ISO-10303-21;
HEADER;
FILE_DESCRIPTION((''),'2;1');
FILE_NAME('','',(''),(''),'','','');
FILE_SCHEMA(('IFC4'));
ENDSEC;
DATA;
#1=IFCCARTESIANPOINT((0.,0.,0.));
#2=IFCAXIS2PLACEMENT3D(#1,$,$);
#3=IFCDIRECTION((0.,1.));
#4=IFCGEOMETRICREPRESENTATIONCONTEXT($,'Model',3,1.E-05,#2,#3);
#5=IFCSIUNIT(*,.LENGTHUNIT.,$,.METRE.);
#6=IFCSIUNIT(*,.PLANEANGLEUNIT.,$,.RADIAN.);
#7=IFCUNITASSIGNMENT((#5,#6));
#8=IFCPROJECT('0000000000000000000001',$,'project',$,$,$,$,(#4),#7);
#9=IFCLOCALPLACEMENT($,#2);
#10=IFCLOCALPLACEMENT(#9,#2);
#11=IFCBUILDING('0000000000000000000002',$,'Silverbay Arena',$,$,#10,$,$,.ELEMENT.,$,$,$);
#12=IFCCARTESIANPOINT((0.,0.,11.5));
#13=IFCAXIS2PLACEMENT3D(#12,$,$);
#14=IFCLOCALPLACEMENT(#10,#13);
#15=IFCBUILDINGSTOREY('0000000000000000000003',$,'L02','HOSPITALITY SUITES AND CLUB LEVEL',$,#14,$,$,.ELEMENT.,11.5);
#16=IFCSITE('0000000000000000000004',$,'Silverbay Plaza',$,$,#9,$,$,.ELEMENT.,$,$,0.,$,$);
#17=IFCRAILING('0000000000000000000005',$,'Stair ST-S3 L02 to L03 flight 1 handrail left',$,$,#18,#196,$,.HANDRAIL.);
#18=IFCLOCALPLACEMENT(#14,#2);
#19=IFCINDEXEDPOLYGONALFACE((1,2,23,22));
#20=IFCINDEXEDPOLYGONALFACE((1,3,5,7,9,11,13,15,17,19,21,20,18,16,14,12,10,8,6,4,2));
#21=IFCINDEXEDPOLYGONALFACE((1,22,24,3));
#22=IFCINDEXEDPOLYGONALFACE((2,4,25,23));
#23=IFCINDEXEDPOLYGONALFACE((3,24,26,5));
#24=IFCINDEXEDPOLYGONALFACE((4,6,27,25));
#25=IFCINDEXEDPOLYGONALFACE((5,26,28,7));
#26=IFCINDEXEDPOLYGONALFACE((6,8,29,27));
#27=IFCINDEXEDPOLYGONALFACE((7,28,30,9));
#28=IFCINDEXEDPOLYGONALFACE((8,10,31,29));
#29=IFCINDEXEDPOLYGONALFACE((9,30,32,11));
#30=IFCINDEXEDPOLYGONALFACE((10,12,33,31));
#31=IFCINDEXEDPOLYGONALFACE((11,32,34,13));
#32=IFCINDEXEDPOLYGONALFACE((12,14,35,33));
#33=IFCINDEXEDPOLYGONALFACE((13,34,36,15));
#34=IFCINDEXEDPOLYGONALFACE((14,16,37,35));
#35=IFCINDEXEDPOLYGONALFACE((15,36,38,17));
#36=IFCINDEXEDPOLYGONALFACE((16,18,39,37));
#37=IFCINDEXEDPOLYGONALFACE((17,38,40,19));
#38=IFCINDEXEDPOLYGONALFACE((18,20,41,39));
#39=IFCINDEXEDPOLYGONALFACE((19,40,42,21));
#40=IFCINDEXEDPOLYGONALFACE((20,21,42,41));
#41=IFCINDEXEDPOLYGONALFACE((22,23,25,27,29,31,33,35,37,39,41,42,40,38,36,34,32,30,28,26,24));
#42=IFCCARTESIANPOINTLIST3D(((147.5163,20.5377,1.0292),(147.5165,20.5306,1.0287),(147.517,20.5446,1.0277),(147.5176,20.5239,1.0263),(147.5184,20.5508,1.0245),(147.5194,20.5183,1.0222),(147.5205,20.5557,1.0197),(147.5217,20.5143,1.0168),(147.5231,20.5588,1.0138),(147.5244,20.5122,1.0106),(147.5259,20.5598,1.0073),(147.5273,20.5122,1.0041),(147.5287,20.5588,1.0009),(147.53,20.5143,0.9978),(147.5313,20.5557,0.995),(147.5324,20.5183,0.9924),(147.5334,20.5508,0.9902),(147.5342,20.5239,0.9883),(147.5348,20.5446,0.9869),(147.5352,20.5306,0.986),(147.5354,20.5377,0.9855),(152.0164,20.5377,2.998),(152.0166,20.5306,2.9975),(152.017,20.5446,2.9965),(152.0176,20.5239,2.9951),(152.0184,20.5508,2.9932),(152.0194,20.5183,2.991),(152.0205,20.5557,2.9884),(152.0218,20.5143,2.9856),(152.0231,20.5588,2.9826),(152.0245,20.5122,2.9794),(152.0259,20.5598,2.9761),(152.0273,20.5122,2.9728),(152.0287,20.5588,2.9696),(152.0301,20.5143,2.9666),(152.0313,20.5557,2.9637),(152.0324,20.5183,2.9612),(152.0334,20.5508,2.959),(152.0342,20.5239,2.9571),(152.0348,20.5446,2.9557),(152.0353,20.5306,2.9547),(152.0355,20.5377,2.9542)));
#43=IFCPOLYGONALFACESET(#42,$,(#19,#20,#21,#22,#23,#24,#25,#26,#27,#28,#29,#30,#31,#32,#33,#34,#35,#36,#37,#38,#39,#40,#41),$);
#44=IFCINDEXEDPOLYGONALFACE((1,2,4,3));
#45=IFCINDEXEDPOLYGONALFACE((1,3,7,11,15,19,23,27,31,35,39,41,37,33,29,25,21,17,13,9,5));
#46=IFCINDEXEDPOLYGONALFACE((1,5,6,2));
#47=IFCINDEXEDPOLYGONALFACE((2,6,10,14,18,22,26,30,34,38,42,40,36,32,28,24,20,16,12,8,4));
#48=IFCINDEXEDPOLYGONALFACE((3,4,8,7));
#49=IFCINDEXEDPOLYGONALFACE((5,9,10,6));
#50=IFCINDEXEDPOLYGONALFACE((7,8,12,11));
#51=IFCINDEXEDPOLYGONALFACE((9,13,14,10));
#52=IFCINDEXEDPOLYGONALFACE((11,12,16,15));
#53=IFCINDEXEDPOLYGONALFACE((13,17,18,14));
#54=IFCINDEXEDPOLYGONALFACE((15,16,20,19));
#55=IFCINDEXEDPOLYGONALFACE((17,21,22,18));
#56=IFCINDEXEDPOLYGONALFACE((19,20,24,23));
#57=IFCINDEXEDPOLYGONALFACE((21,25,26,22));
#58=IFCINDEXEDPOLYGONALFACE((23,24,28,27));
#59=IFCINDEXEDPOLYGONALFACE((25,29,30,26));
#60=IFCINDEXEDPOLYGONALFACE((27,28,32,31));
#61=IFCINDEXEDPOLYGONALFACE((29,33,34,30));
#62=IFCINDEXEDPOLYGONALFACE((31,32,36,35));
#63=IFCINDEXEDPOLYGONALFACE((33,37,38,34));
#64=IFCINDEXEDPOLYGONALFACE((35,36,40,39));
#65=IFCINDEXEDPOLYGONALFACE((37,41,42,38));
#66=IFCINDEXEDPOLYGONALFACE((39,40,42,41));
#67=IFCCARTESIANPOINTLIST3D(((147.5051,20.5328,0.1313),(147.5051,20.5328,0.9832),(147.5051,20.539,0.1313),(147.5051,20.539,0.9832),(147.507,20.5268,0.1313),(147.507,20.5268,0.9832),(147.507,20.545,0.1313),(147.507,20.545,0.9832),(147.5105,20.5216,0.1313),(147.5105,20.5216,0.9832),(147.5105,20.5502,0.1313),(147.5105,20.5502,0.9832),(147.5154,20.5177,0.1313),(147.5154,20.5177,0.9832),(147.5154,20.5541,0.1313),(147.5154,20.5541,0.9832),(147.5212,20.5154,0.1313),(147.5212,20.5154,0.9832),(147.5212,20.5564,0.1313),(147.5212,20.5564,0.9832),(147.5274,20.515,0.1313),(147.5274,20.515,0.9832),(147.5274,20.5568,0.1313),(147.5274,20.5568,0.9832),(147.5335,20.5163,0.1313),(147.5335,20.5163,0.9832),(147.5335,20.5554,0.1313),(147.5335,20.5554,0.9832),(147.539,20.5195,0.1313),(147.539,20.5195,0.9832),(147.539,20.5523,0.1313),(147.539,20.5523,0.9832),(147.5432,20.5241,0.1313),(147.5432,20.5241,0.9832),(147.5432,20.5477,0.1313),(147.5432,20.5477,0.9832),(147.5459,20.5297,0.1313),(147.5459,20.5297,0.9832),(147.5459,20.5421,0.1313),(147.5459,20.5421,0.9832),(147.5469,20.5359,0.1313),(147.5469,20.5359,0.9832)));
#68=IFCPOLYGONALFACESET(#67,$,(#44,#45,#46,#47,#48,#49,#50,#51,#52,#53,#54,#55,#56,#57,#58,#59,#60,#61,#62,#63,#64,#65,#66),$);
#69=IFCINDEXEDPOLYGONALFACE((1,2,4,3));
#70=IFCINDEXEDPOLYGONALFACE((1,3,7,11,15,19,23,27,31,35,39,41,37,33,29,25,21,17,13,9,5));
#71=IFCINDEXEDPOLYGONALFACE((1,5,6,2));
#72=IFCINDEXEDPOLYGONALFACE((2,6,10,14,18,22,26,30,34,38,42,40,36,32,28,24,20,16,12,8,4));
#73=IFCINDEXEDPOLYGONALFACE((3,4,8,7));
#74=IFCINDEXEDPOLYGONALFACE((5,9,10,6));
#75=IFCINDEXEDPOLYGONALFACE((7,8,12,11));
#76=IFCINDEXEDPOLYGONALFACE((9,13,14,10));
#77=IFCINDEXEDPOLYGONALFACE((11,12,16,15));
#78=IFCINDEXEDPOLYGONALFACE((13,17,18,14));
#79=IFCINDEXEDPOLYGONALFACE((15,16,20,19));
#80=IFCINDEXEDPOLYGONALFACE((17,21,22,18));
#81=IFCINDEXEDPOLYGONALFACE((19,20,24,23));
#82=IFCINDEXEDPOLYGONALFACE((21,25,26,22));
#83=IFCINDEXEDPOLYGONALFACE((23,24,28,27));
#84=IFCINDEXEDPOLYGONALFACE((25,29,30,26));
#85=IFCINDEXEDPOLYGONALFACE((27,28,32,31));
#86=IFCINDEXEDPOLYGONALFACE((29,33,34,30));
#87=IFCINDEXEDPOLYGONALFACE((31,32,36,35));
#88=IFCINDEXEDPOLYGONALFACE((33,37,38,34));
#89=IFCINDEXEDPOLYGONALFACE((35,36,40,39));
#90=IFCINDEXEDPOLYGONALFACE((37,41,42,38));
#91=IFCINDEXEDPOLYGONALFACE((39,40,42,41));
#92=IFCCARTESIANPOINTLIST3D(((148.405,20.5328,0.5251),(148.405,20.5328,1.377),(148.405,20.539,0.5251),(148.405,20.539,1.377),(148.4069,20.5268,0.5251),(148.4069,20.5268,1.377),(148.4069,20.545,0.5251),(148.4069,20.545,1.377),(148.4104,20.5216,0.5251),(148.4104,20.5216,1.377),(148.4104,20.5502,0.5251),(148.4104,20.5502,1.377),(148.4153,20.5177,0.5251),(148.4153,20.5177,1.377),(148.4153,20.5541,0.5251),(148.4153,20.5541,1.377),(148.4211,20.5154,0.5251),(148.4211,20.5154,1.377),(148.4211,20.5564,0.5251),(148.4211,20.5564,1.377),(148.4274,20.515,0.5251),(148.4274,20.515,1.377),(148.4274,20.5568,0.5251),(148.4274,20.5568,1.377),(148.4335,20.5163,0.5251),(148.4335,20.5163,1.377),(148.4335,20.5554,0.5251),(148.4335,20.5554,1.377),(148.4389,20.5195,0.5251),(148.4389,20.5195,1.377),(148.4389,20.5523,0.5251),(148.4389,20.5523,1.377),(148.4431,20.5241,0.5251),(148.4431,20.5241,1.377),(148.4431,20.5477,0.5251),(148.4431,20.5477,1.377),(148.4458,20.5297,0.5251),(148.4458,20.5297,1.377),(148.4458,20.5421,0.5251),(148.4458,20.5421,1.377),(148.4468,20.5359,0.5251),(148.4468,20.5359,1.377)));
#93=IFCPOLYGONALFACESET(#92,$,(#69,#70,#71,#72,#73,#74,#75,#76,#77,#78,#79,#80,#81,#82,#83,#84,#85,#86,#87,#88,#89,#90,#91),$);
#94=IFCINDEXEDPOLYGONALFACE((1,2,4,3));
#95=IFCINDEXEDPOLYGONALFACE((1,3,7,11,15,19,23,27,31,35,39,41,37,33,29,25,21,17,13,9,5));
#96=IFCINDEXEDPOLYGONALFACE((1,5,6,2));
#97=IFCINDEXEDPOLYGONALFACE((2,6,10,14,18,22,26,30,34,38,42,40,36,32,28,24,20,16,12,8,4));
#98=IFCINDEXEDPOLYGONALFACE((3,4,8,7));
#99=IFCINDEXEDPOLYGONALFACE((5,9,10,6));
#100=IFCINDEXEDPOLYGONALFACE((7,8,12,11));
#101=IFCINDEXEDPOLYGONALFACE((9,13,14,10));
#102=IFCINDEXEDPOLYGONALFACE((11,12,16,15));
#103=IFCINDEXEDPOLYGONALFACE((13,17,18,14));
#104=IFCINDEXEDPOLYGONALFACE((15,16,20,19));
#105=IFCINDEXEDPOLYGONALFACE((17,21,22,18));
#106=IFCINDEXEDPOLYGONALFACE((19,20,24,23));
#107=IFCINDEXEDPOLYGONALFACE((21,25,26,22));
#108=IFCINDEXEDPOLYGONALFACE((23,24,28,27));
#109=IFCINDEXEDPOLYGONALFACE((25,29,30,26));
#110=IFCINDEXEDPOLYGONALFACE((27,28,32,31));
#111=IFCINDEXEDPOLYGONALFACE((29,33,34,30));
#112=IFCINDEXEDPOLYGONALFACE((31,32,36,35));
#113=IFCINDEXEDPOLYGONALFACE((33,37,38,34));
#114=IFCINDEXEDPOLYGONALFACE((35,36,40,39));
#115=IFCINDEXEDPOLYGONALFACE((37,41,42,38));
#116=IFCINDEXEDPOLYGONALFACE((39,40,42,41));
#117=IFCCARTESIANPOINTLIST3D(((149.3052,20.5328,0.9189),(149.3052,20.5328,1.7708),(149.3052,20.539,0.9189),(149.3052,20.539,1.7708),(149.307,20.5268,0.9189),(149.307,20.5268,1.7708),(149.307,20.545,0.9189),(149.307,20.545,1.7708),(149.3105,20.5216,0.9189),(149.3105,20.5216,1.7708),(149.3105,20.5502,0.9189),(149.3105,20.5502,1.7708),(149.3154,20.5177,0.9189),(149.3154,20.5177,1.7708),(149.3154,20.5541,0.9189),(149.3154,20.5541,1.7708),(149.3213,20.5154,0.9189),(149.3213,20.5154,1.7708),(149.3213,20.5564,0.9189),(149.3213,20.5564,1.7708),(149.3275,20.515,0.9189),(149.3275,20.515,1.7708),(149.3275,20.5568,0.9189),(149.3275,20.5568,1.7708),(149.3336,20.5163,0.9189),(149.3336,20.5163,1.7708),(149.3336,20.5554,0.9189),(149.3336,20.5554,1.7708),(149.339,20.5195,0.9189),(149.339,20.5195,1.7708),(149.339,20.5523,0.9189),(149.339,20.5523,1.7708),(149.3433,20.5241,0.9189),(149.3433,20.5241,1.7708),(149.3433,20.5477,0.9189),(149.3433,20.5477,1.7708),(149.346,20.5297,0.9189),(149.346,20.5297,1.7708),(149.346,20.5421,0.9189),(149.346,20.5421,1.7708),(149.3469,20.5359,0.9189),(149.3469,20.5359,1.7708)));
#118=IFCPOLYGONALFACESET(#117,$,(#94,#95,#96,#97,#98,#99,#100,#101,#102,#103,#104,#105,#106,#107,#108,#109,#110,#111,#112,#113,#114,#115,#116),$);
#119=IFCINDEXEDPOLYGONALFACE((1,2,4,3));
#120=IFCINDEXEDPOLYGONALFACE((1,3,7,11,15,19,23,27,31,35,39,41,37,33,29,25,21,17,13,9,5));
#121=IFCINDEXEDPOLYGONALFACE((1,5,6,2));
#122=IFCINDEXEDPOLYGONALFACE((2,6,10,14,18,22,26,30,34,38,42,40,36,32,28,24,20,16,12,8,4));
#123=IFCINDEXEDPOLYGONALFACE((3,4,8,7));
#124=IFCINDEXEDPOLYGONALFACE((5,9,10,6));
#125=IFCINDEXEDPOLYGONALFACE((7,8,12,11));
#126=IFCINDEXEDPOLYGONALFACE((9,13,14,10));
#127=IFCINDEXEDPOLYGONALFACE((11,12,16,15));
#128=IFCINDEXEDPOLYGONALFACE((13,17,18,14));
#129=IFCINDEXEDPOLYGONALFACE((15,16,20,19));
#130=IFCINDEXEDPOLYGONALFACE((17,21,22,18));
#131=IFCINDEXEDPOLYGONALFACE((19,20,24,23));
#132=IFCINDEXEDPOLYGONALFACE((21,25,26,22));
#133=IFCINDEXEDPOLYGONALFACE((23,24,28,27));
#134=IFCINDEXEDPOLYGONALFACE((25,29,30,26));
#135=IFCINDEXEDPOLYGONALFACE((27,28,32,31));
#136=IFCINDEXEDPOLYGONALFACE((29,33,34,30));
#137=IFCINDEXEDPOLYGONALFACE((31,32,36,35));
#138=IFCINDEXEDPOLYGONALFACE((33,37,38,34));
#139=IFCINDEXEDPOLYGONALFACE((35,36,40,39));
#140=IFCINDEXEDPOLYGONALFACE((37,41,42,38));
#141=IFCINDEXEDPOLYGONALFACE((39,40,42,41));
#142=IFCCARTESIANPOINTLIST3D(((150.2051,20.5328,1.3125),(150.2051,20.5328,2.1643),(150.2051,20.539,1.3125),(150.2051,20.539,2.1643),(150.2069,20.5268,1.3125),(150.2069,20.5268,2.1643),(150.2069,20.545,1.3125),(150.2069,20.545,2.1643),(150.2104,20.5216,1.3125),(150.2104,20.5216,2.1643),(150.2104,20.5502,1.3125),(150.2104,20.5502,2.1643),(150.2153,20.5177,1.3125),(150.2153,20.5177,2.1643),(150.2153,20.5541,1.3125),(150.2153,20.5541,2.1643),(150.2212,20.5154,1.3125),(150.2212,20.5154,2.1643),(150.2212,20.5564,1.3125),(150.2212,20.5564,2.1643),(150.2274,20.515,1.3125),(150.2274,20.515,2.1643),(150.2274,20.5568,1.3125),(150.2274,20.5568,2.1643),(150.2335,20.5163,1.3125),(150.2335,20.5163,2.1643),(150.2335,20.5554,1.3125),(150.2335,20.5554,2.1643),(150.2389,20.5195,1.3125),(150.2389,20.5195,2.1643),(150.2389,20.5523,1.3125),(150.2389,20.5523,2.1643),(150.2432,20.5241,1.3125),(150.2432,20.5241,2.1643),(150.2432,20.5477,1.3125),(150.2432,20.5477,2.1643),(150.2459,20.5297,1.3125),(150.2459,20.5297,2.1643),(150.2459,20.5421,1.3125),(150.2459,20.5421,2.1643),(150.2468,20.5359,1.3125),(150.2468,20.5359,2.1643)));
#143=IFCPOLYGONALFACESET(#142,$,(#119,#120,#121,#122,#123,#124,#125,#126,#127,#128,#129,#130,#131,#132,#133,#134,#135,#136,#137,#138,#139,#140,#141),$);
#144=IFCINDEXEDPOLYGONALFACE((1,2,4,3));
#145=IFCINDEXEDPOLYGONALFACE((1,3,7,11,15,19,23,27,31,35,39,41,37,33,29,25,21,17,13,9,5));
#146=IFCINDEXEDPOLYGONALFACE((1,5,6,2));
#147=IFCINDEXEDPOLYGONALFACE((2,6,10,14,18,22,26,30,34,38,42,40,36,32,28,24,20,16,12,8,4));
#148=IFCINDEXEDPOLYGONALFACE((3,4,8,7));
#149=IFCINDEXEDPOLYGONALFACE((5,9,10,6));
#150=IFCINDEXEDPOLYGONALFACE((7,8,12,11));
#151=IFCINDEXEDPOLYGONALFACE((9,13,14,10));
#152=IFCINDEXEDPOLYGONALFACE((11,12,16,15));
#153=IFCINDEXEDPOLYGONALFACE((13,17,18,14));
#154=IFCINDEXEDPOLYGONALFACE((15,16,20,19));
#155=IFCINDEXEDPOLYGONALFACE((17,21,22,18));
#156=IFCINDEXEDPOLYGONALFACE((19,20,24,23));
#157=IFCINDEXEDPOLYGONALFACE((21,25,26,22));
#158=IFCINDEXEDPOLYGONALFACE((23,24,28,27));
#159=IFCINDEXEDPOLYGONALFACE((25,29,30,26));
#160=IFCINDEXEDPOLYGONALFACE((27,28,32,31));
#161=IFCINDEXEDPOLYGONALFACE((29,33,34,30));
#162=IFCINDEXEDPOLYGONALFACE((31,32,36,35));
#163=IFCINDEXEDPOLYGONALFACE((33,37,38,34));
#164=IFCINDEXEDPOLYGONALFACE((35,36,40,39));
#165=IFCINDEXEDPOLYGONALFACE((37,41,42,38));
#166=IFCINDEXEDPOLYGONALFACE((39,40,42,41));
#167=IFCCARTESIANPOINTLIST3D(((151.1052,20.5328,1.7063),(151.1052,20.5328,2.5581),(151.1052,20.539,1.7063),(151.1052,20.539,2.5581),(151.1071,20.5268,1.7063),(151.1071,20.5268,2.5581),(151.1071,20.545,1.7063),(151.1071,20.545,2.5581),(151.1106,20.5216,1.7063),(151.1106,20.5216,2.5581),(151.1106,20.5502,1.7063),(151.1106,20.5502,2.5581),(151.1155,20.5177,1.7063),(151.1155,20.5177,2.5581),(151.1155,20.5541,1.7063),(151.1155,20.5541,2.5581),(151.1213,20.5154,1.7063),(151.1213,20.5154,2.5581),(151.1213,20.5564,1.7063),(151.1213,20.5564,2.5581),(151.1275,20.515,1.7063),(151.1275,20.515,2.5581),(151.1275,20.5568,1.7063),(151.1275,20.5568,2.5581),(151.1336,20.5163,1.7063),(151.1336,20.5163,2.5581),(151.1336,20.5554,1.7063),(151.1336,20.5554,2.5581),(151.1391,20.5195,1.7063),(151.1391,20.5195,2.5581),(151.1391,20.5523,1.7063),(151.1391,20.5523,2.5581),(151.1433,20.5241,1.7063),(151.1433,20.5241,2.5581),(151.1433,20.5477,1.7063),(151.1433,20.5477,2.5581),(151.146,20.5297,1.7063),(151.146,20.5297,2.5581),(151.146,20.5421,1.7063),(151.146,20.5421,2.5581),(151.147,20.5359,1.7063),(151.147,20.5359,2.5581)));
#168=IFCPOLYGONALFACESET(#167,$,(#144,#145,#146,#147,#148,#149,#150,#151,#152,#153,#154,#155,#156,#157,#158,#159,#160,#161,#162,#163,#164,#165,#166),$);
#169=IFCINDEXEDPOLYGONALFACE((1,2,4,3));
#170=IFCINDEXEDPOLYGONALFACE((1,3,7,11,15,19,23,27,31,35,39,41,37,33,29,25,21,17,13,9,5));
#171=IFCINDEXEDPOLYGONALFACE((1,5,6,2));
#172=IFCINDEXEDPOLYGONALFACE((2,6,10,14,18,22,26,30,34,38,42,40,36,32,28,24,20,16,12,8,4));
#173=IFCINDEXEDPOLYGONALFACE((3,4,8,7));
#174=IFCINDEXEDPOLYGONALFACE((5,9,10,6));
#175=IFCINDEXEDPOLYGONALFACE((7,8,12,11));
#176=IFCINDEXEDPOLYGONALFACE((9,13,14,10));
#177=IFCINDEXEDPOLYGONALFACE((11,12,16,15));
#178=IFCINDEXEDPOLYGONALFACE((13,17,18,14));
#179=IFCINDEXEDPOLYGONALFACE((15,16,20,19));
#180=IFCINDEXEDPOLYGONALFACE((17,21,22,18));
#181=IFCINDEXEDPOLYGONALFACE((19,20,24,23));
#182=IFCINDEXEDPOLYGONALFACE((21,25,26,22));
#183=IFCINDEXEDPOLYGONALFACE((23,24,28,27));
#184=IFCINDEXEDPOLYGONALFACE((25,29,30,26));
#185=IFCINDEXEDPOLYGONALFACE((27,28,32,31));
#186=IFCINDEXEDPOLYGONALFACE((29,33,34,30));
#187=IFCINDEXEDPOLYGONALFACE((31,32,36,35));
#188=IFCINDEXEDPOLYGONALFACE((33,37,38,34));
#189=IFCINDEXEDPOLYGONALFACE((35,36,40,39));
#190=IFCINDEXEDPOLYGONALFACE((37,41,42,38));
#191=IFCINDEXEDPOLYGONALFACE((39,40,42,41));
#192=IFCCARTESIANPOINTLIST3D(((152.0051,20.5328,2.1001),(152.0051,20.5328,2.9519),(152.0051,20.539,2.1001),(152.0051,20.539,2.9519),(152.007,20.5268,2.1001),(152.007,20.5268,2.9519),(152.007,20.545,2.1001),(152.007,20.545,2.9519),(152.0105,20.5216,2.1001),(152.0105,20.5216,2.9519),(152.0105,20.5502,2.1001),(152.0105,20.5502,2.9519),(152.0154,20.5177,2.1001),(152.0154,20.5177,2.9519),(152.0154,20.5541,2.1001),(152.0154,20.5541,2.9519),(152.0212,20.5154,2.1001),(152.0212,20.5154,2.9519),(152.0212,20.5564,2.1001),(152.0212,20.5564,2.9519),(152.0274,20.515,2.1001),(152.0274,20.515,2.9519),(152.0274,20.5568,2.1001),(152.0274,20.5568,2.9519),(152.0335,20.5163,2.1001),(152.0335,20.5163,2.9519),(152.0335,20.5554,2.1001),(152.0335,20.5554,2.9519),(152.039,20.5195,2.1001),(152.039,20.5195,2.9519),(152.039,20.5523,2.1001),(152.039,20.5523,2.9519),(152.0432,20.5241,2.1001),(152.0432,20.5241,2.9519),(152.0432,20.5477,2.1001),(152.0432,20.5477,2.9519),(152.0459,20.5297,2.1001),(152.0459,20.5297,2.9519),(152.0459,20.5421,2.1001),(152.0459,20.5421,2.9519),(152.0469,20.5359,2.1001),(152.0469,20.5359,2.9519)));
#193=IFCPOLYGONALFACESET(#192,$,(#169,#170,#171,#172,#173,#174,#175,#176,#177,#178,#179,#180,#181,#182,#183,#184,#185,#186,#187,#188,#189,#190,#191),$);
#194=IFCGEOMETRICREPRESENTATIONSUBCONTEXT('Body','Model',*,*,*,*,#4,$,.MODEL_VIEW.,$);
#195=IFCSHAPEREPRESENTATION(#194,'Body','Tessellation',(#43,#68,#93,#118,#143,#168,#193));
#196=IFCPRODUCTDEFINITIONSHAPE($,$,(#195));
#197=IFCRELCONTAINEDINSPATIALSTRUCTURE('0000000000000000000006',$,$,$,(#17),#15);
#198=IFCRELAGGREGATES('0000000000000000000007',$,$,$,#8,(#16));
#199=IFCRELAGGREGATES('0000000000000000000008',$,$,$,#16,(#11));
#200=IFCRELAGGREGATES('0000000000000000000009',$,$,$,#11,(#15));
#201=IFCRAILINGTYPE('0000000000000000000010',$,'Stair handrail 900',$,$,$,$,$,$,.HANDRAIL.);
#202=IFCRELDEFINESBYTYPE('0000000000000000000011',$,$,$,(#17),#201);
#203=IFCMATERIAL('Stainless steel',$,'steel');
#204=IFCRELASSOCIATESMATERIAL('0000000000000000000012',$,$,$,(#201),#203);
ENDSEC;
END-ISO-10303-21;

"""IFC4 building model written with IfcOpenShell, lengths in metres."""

from ifc_helpers import new_model, si_unit, direction, frame, origin, origin_2d, place, context, subcontext, project, spatial, circle, extrude, material, type_object, element, save


model = new_model("IFC4")

# Units and contexts
model_context = context("Model", 3, precision=1e-05, world=origin(), true_north=direction((0.0, 1.0)))
body_context = subcontext(model_context, "Body", "Model", "MODEL_VIEW")
ifc_project = project(units=[si_unit("LENGTHUNIT", "METRE"), si_unit("PLANEANGLEUNIT", "RADIAN")], contexts=[model_context])

# Site, building, storey
site_placement = place(None, origin())
site = spatial("IfcSite", under=ifc_project, at=site_placement, Name="Silverbay Plaza", CompositionType="ELEMENT", RefElevation=0.0)
building_placement = place(site_placement, origin())
building = spatial("IfcBuilding", under=site, at=building_placement, Name="Silverbay Arena", CompositionType="ELEMENT")
storey_placement = place(building_placement, frame((0.0, 0.0, 11.5)))
storey = spatial("IfcBuildingStorey", under=building, at=storey_placement, Name="L02", Description="HOSPITALITY SUITES AND CLUB LEVEL", CompositionType="ELEMENT", Elevation=11.5)

# Railing
ifc_material_1 = material(Name="Stainless steel", Category="steel")
railing_type_1 = type_object("IfcRailingType", Name="Stair handrail 900", PredefinedType="HANDRAIL", material=ifc_material_1)
railing_1_placement = place(storey_placement, frame((147.5259, 20.5359, 0.1313)))
element("IfcRailing", 1, at=railing_1_placement, inside=storey, type_object=railing_type_1, Name="Stair ST-S3 L02 to L03 flight 1 handrail left", PredefinedType="HANDRAIL", context=body_context, shape_type="SweptSolid", body=[
    extrude(circle(Radius=0.0239, at=origin_2d()), frame((0.0, 0.0, 0.876), z_axis=(0.916157, 0.0, 0.400819), x_axis=(0.0, 1.0, 0.0)), (0.0, 0.0, 1.0), 4.9119),
    extrude(circle(Radius=0.021, at=origin_2d()), origin(), (0.0, 0.0, 1.0), 0.8518),
    extrude(circle(Radius=0.021, at=origin_2d()), frame((0.8999, 0.0, 0.3938)), (0.0, 0.0, 1.0), 0.8518),
    extrude(circle(Radius=0.021, at=origin_2d()), frame((1.8, 0.0, 0.7876)), (0.0, 0.0, 1.0), 0.8518),
    extrude(circle(Radius=0.021, at=origin_2d()), frame((2.7, 0.0, 1.1812)), (0.0, 0.0, 1.0), 0.8518),
    extrude(circle(Radius=0.021, at=origin_2d()), frame((3.6001, 0.0, 1.575)), (0.0, 0.0, 1.0), 0.8518),
    extrude(circle(Radius=0.021, at=origin_2d()), frame((4.5, 0.0, 1.9688)), (0.0, 0.0, 1.0), 0.8518),
])

save(model, "model.ifc")
